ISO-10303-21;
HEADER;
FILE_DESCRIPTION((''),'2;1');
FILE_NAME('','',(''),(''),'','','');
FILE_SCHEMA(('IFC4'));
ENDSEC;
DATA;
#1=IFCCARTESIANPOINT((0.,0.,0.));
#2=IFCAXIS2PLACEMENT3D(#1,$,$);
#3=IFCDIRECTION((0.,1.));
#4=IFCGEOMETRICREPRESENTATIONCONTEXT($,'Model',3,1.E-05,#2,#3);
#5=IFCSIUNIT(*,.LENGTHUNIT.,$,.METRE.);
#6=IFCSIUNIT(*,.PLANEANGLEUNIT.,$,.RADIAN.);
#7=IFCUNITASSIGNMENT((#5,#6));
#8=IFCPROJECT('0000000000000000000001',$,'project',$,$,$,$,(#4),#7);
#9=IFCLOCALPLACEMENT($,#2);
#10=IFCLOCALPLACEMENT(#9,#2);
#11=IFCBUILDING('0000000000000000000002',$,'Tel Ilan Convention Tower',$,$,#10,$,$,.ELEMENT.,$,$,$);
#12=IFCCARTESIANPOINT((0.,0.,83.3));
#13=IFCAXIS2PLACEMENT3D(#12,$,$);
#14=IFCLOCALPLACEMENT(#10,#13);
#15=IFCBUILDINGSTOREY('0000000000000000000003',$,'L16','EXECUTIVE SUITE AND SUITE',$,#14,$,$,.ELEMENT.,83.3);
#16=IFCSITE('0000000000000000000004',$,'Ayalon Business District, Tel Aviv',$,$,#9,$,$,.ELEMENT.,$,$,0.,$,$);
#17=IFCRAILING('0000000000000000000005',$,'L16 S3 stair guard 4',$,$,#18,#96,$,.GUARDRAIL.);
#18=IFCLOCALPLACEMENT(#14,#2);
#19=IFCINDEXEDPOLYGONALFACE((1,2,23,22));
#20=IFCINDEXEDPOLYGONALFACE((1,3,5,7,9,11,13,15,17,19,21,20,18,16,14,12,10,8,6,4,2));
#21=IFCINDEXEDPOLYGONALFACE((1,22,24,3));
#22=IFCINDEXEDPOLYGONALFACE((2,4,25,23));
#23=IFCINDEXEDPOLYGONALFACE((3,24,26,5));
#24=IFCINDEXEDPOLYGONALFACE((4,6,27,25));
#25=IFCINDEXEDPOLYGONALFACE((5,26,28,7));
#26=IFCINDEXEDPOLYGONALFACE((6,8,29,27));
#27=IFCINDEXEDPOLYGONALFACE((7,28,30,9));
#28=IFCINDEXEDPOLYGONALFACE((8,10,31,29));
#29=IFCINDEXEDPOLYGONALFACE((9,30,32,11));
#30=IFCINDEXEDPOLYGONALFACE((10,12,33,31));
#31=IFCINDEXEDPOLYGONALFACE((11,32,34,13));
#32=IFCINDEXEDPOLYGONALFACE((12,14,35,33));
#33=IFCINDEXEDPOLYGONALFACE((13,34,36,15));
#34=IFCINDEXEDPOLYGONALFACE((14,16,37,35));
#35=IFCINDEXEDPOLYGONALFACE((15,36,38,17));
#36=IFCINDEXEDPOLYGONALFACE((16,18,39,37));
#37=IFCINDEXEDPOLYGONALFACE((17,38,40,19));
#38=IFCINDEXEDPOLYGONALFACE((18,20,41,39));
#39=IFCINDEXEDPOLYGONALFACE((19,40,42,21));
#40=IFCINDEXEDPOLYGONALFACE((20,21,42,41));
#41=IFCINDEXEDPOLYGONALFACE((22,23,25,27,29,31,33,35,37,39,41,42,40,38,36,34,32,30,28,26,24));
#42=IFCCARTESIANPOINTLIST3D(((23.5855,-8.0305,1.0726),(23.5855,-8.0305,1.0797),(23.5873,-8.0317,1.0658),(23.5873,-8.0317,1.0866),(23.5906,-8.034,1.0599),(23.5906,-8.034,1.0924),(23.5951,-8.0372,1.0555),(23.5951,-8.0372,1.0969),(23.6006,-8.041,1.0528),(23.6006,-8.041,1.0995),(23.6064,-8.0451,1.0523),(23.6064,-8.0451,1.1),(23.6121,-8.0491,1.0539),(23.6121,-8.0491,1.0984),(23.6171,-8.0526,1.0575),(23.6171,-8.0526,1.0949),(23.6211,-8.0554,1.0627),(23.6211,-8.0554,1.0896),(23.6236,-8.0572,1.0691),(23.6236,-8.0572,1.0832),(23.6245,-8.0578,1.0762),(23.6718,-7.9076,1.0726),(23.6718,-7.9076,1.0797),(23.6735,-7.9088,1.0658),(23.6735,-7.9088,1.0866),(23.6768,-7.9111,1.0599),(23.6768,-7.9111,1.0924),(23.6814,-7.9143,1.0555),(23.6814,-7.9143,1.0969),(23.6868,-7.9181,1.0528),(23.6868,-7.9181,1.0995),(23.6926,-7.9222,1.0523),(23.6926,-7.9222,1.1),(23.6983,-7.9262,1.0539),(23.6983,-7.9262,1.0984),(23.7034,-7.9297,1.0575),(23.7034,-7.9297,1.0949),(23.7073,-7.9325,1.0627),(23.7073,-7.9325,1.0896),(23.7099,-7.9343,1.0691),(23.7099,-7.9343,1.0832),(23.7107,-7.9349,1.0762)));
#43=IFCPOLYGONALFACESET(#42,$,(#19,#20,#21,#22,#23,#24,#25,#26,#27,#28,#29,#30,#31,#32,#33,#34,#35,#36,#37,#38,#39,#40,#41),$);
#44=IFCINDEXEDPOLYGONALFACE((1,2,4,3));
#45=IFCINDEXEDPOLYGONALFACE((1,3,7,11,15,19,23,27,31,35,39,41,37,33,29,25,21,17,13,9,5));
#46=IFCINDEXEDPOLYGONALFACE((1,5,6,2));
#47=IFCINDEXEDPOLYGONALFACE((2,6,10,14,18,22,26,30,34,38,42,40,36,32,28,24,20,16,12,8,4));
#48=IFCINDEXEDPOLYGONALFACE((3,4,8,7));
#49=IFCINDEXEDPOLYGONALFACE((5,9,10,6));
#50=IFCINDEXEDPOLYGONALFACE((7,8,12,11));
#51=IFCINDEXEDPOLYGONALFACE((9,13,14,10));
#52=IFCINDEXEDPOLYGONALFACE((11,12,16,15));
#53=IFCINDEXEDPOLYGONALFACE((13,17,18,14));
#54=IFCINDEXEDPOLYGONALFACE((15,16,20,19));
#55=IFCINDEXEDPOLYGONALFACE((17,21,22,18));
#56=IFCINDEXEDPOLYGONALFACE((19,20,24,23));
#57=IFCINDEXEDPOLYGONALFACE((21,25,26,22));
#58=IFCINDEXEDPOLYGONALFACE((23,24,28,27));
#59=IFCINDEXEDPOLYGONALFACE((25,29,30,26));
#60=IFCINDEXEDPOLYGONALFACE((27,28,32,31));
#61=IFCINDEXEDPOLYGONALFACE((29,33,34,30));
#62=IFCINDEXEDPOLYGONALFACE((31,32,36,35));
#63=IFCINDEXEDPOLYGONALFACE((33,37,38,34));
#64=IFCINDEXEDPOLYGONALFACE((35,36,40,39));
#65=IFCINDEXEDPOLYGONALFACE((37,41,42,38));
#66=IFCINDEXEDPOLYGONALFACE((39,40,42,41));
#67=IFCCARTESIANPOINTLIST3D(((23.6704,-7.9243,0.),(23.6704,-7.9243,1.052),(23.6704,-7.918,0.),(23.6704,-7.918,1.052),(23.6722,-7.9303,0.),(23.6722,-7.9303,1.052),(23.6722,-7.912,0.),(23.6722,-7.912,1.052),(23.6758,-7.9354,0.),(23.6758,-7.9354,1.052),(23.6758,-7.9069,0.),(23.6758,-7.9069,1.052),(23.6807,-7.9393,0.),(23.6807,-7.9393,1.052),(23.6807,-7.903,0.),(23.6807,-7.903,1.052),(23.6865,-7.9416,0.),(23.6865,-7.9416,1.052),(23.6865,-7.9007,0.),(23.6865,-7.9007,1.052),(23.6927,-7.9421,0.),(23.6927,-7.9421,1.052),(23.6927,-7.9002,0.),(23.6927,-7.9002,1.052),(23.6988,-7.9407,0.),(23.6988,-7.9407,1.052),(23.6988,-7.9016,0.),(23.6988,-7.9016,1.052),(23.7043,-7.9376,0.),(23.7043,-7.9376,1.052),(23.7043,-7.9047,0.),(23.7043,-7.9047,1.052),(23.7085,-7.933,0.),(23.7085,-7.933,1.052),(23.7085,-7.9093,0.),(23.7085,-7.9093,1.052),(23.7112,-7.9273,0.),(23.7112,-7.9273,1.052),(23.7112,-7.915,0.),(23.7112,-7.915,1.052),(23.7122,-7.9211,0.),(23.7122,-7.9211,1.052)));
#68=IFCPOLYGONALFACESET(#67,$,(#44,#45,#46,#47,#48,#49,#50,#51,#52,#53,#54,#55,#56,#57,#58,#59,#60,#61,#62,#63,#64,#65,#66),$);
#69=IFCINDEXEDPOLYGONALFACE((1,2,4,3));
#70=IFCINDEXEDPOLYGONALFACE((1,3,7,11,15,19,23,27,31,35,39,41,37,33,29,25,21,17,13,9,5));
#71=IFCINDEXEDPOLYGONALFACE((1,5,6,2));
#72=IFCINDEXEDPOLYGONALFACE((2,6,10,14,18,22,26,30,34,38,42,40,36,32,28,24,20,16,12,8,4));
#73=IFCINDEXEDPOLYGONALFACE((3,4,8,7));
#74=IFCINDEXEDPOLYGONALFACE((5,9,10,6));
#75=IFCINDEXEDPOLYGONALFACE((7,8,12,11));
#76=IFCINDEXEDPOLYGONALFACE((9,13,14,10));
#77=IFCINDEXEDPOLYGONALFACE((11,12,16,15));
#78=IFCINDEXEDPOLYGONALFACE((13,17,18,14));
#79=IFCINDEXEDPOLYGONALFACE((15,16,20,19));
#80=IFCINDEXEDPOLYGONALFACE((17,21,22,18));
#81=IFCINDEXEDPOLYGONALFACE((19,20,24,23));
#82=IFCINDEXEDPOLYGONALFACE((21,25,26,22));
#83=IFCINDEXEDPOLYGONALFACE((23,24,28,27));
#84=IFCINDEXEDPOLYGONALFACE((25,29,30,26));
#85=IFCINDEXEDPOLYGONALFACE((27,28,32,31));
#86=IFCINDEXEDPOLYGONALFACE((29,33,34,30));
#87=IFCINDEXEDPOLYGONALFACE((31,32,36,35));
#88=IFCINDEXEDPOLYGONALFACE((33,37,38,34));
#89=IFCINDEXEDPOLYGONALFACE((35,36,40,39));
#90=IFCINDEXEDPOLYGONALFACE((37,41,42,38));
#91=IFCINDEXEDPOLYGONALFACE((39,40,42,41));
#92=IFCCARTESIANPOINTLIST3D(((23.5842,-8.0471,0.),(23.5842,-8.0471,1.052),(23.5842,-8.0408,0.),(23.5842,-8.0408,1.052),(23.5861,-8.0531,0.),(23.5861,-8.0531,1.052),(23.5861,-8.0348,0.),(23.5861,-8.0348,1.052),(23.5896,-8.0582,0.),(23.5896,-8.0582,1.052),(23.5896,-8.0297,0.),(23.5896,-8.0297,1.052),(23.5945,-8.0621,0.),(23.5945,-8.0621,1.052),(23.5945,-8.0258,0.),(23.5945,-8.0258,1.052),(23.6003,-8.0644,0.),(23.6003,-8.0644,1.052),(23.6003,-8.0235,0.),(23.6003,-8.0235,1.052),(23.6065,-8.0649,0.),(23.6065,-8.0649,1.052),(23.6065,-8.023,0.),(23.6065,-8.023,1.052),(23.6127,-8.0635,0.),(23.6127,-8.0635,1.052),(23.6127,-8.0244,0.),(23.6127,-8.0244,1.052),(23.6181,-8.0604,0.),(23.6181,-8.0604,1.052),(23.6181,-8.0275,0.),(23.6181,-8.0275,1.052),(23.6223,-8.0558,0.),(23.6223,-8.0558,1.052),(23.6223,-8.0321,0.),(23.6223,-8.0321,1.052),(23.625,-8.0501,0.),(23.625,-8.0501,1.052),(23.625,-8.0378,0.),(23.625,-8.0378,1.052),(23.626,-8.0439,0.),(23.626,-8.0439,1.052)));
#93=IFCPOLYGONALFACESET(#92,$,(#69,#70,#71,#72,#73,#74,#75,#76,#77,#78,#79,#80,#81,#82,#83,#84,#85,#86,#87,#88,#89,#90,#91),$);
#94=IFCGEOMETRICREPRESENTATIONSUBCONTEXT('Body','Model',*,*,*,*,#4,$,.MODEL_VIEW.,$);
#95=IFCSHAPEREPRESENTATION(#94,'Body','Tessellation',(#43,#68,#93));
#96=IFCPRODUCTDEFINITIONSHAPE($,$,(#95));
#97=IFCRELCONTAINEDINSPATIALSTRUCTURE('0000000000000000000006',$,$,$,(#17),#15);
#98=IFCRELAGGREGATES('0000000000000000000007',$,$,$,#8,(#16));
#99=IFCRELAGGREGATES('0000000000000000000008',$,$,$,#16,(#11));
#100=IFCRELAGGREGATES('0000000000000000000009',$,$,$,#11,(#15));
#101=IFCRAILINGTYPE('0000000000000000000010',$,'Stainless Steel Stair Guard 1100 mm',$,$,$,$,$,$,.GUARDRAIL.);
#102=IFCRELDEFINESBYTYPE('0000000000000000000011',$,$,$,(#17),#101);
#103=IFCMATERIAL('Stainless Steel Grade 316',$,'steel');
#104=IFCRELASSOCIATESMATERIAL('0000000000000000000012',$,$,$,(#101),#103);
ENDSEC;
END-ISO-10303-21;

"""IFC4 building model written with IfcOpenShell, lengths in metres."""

from ifc_helpers import new_model, si_unit, direction, frame, origin, origin_2d, place, context, subcontext, project, spatial, circle, extrude, material, type_object, element, save


model = new_model("IFC4")

# Units and contexts
model_context = context("Model", 3, precision=1e-05, world=origin(), true_north=direction((0.0, 1.0)))
body_context = subcontext(model_context, "Body", "Model", "MODEL_VIEW")
ifc_project = project(units=[si_unit("LENGTHUNIT", "METRE"), si_unit("PLANEANGLEUNIT", "RADIAN")], contexts=[model_context])

# Site, building, storey
site_placement = place(None, origin())
site = spatial("IfcSite", under=ifc_project, at=site_placement, Name="Ayalon Business District, Tel Aviv", CompositionType="ELEMENT", RefElevation=0.0)
building_placement = place(site_placement, origin())
building = spatial("IfcBuilding", under=site, at=building_placement, Name="Tel Ilan Convention Tower", CompositionType="ELEMENT")
storey_placement = place(building_placement, frame((0.0, 0.0, 83.3)))
storey = spatial("IfcBuildingStorey", under=building, at=storey_placement, Name="L16", Description="EXECUTIVE SUITE AND SUITE", CompositionType="ELEMENT", Elevation=83.3)

# Railing
ifc_material_1 = material(Name="Stainless Steel Grade 316", Category="steel")
railing_type_1 = type_object("IfcRailingType", Name="Stainless Steel Stair Guard 1100 mm", PredefinedType="GUARDRAIL", material=ifc_material_1)
railing_1_placement = place(storey_placement, frame((23.6912, -7.9211, 0.0)))
element("IfcRailing", 1, at=railing_1_placement, inside=storey, type_object=railing_type_1, Name="L16 S3 stair guard 4", PredefinedType="GUARDRAIL", context=body_context, shape_type="SweptSolid", body=[
    extrude(circle(Radius=0.0239, at=origin_2d()), frame((0.0, 0.0, 1.0762), z_axis=(-0.574445, -0.818543, 0.0), x_axis=(0.818543, -0.574445, 0.0)), (0.0, 0.0, 1.0), 0.1501),
    extrude(circle(Radius=0.021, at=origin_2d()), origin(), (0.0, 0.0, 1.0), 1.052),
    extrude(circle(Radius=0.021, at=origin_2d()), frame((-0.0862, -0.1228, 0.0)), (0.0, 0.0, 1.0), 1.052),
])

save(model, "model.ifc")
